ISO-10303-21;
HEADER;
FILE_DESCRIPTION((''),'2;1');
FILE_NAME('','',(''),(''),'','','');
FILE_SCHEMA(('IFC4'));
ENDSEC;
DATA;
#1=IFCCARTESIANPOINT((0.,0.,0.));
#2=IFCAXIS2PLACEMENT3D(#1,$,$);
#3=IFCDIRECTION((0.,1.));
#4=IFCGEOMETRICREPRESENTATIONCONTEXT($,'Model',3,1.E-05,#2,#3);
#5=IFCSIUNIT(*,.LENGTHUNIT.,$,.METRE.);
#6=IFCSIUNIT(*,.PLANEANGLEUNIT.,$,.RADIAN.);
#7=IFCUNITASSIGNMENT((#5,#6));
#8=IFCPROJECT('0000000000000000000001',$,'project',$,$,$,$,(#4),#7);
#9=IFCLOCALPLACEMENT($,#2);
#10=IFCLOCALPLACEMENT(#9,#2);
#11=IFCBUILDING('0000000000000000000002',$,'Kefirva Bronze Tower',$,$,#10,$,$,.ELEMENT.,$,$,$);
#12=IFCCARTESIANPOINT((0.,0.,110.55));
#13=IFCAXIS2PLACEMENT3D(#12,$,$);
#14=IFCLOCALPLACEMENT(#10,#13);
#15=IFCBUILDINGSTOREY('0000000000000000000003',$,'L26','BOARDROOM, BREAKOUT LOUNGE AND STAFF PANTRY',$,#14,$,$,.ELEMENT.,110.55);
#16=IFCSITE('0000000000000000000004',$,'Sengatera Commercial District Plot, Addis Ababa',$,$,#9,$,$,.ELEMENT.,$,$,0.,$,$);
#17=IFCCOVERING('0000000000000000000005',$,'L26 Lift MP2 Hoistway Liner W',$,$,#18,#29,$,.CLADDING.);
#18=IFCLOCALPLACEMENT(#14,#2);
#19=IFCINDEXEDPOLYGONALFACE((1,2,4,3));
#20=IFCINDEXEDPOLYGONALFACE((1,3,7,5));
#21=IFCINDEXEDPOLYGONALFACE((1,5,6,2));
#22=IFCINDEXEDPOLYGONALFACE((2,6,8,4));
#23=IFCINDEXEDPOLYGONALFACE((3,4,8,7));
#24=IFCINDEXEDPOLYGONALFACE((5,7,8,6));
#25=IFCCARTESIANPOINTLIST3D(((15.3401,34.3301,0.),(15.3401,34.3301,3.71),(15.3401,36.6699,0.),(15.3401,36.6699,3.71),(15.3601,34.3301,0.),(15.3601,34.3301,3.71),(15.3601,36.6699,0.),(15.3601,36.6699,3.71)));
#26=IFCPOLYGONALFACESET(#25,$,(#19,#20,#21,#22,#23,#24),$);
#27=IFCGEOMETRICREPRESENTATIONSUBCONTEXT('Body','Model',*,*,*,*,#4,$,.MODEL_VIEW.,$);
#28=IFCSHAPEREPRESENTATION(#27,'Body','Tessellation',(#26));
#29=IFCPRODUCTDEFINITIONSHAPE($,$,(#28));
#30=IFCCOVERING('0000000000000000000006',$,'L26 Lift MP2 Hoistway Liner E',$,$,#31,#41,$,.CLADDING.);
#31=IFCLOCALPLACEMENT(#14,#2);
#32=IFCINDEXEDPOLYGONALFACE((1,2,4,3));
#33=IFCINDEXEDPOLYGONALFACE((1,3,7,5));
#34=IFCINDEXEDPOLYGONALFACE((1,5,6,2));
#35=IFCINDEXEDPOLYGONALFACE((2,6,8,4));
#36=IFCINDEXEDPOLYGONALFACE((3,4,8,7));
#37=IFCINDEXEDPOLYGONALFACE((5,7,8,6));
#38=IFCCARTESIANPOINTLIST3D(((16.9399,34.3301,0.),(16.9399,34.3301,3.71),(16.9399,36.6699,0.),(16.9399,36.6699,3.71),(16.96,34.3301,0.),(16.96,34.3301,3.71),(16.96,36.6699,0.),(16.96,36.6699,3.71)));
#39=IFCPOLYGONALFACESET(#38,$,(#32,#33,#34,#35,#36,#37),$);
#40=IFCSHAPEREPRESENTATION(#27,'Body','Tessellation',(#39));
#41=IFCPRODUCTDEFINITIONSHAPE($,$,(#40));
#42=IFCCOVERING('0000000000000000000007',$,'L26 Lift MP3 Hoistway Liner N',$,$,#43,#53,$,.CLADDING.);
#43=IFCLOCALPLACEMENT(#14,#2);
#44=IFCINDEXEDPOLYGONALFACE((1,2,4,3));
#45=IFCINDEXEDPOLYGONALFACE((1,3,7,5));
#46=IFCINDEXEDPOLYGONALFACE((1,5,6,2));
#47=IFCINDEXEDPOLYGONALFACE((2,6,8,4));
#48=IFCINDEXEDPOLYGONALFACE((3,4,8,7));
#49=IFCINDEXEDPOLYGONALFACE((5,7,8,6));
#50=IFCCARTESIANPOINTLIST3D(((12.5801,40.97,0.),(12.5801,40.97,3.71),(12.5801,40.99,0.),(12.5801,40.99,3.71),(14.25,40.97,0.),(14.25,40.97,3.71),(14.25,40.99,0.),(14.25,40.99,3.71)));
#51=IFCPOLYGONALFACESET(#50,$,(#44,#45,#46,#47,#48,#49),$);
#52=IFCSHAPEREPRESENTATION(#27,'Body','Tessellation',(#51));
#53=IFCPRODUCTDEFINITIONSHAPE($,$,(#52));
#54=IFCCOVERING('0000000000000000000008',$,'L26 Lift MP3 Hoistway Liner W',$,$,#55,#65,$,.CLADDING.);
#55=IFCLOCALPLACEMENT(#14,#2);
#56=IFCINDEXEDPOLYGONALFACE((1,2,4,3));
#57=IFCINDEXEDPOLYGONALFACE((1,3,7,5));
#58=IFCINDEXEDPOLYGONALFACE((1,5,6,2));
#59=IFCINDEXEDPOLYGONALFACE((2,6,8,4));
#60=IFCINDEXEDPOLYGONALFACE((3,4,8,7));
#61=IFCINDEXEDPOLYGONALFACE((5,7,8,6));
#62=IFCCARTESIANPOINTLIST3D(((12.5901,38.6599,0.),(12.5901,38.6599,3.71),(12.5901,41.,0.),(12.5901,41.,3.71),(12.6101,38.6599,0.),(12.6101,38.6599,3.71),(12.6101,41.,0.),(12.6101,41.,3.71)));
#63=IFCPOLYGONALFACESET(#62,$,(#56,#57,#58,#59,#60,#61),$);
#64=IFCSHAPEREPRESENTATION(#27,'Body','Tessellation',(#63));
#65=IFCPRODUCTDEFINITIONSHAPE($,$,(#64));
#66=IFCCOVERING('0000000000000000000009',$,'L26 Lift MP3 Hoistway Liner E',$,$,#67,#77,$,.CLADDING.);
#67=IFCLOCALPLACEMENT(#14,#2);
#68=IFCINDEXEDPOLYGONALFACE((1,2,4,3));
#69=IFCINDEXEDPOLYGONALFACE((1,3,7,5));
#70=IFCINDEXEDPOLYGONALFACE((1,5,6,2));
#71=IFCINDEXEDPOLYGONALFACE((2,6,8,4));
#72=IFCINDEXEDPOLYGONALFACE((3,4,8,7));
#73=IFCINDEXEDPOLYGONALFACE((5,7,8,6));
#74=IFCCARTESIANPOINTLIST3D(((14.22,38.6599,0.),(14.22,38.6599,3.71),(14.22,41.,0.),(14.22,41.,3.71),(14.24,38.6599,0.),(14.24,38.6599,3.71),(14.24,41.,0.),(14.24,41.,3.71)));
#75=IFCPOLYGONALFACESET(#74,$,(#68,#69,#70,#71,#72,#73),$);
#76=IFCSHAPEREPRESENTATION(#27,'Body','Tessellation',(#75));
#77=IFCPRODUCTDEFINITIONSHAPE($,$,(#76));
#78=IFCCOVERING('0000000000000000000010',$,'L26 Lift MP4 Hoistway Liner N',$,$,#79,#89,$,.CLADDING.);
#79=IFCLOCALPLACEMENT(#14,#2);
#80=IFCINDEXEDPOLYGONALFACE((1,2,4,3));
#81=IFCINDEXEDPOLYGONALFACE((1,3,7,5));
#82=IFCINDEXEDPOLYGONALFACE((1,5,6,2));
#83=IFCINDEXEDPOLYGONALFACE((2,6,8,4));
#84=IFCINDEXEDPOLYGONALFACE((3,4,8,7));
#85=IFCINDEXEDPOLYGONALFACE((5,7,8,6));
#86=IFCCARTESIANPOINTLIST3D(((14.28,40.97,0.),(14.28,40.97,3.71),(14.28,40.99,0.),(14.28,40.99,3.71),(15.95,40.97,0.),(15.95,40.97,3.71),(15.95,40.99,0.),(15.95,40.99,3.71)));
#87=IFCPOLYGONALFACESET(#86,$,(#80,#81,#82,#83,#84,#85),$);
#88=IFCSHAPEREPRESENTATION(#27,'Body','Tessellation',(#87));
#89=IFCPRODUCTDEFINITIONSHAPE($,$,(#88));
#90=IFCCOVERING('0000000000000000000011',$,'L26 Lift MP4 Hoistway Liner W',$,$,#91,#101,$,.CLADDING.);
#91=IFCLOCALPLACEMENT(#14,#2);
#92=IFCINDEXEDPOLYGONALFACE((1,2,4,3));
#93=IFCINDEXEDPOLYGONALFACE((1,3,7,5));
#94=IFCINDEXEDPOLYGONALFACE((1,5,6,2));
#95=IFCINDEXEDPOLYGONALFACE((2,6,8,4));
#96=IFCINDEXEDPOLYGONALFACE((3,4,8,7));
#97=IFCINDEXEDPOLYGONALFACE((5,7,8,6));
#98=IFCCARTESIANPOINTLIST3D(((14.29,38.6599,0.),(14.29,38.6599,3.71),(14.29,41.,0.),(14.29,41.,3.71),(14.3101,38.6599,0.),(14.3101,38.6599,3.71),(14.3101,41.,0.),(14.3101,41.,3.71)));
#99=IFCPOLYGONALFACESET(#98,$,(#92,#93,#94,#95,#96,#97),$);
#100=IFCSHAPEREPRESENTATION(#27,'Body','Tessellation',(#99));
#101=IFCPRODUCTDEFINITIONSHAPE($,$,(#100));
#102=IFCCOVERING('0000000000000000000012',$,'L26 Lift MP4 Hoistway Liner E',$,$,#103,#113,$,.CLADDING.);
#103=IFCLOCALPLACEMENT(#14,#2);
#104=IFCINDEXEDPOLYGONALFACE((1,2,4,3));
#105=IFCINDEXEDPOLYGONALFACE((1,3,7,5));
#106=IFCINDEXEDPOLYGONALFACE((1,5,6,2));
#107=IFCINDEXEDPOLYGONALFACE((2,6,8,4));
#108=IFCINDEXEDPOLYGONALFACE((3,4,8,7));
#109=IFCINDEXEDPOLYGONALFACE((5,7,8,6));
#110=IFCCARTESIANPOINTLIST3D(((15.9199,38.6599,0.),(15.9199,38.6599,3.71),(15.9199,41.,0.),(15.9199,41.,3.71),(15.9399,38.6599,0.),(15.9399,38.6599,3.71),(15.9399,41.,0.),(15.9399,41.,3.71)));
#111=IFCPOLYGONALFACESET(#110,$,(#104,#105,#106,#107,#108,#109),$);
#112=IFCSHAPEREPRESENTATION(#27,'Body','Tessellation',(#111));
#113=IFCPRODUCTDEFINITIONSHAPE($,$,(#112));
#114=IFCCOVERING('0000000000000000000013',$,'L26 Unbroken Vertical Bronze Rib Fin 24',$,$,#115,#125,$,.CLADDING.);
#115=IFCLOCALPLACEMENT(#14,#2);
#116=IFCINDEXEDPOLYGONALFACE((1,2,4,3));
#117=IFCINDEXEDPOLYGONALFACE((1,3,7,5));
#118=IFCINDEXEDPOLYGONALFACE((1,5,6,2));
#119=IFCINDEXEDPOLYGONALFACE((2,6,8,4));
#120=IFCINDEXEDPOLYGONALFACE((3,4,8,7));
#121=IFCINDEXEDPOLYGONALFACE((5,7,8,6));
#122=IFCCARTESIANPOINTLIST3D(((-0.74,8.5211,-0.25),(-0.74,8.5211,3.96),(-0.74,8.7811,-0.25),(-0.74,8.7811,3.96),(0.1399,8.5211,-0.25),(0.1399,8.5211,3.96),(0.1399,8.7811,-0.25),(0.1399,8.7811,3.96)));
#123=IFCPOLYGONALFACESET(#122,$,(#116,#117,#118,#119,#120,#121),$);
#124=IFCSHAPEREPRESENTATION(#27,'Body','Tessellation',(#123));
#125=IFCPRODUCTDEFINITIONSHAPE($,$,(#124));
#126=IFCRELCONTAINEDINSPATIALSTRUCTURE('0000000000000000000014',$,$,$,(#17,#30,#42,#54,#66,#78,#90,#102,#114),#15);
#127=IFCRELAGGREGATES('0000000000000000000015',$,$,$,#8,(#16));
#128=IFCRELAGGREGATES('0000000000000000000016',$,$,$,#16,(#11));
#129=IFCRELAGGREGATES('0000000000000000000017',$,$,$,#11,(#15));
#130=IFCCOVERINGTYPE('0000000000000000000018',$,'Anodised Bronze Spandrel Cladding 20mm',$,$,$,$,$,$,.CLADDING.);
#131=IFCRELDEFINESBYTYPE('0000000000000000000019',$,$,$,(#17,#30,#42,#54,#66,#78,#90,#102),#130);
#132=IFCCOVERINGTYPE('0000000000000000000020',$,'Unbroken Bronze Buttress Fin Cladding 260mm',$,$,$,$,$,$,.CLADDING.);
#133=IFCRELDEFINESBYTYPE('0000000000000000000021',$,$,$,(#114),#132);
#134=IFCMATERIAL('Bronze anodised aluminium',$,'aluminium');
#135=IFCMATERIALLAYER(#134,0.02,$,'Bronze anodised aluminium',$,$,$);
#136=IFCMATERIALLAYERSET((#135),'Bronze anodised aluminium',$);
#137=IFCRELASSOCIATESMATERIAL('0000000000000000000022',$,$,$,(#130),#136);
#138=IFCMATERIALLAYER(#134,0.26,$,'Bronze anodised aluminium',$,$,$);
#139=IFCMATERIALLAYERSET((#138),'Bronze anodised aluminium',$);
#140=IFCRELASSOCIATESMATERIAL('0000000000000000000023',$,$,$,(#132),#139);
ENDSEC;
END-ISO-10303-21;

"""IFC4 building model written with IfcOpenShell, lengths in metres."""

from ifc_helpers import new_model, si_unit, direction, frame, origin, origin_2d, place, context, subcontext, project, spatial, polyline, rectangle, outline, extrude, material, layer, layer_set, type_object, element, save


model = new_model("IFC4")

# Units and contexts
model_context = context("Model", 3, precision=1e-05, world=origin(), true_north=direction((0.0, 1.0)))
body_context = subcontext(model_context, "Body", "Model", "MODEL_VIEW")
ifc_project = project(units=[si_unit("LENGTHUNIT", "METRE"), si_unit("PLANEANGLEUNIT", "RADIAN")], contexts=[model_context])

# Site, building, storey
site_placement = place(None, origin())
site = spatial("IfcSite", under=ifc_project, at=site_placement, Name="Sengatera Commercial District Plot, Addis Ababa", CompositionType="ELEMENT", RefElevation=0.0)
building_placement = place(site_placement, origin())
building = spatial("IfcBuilding", under=site, at=building_placement, Name="Kefirva Bronze Tower", CompositionType="ELEMENT")
storey_placement = place(building_placement, frame((0.0, 0.0, 110.55)))
storey = spatial("IfcBuildingStorey", under=building, at=storey_placement, Name="L26", Description="BOARDROOM, BREAKOUT LOUNGE AND STAFF PANTRY", CompositionType="ELEMENT", Elevation=110.55)

# Coverings
ifc_material = material(Name="Bronze anodised aluminium", Category="aluminium")
ifc_layer_1 = layer(ifc_material, 0.02, Name="Bronze anodised aluminium")
ifc_layer_set_1 = layer_set([ifc_layer_1], Name="Bronze anodised aluminium")
covering_type_1 = type_object("IfcCoveringType", Name="Anodised Bronze Spandrel Cladding 20mm", PredefinedType="CLADDING", material=ifc_layer_set_1)
covering_1_placement = place(storey_placement, origin())
element("IfcCovering", 1, at=covering_1_placement, inside=storey, type_object=covering_type_1, Name="L26 Lift MP2 Hoistway Liner W", PredefinedType="CLADDING", context=body_context, shape_type="SweptSolid", body=[
    extrude(outline(polyline([(15.3401, 34.3301), (15.3601, 34.3301), (15.3601, 36.6699), (15.3401, 36.6699), (15.3401, 34.3301)])), origin(), (0.0, 0.0, 1.0), 3.71),
])
covering_2_placement = place(storey_placement, origin())
element("IfcCovering", 2, at=covering_2_placement, inside=storey, type_object=covering_type_1, Name="L26 Lift MP2 Hoistway Liner E", PredefinedType="CLADDING", context=body_context, shape_type="SweptSolid", body=[
    extrude(outline(polyline([(16.9399, 34.3301), (16.96, 34.3301), (16.96, 36.6699), (16.9399, 36.6699), (16.9399, 34.3301)])), origin(), (0.0, 0.0, 1.0), 3.71),
])
covering_3_placement = place(storey_placement, origin())
element("IfcCovering", 3, at=covering_3_placement, inside=storey, type_object=covering_type_1, Name="L26 Lift MP3 Hoistway Liner N", PredefinedType="CLADDING", context=body_context, shape_type="SweptSolid", body=[
    extrude(outline(polyline([(12.5801, 40.97), (14.25, 40.97), (14.25, 40.99), (12.5801, 40.99), (12.5801, 40.97)])), origin(), (0.0, 0.0, 1.0), 3.71),
])
covering_4_placement = place(storey_placement, origin())
element("IfcCovering", 4, at=covering_4_placement, inside=storey, type_object=covering_type_1, Name="L26 Lift MP3 Hoistway Liner W", PredefinedType="CLADDING", context=body_context, shape_type="SweptSolid", body=[
    extrude(outline(polyline([(12.5901, 38.6599), (12.6101, 38.6599), (12.6101, 41.0), (12.5901, 41.0), (12.5901, 38.6599)])), origin(), (0.0, 0.0, 1.0), 3.71),
])
covering_5_placement = place(storey_placement, origin())
element("IfcCovering", 5, at=covering_5_placement, inside=storey, type_object=covering_type_1, Name="L26 Lift MP3 Hoistway Liner E", PredefinedType="CLADDING", context=body_context, shape_type="SweptSolid", body=[
    extrude(outline(polyline([(14.22, 38.6599), (14.24, 38.6599), (14.24, 41.0), (14.22, 41.0), (14.22, 38.6599)])), origin(), (0.0, 0.0, 1.0), 3.71),
])
covering_6_placement = place(storey_placement, origin())
element("IfcCovering", 6, at=covering_6_placement, inside=storey, type_object=covering_type_1, Name="L26 Lift MP4 Hoistway Liner N", PredefinedType="CLADDING", context=body_context, shape_type="SweptSolid", body=[
    extrude(outline(polyline([(14.28, 40.97), (15.95, 40.97), (15.95, 40.99), (14.28, 40.99), (14.28, 40.97)])), origin(), (0.0, 0.0, 1.0), 3.71),
])
covering_7_placement = place(storey_placement, origin())
element("IfcCovering", 7, at=covering_7_placement, inside=storey, type_object=covering_type_1, Name="L26 Lift MP4 Hoistway Liner W", PredefinedType="CLADDING", context=body_context, shape_type="SweptSolid", body=[
    extrude(outline(polyline([(14.29, 38.6599), (14.3101, 38.6599), (14.3101, 41.0), (14.29, 41.0), (14.29, 38.6599)])), origin(), (0.0, 0.0, 1.0), 3.71),
])
covering_8_placement = place(storey_placement, origin())
element("IfcCovering", 8, at=covering_8_placement, inside=storey, type_object=covering_type_1, Name="L26 Lift MP4 Hoistway Liner E", PredefinedType="CLADDING", context=body_context, shape_type="SweptSolid", body=[
    extrude(outline(polyline([(15.9199, 38.6599), (15.9399, 38.6599), (15.9399, 41.0), (15.9199, 41.0), (15.9199, 38.6599)])), origin(), (0.0, 0.0, 1.0), 3.71),
])
ifc_layer_2 = layer(ifc_material, 0.26, Name="Bronze anodised aluminium")
ifc_layer_set_2 = layer_set([ifc_layer_2], Name="Bronze anodised aluminium")
covering_type_2 = type_object("IfcCoveringType", Name="Unbroken Bronze Buttress Fin Cladding 260mm", PredefinedType="CLADDING", material=ifc_layer_set_2)
covering_9_placement = place(storey_placement, frame((-0.3, 8.6511, -0.25), z_axis=(0.0, 0.0, 1.0), x_axis=(0.0, -1.0, 0.0)))
element("IfcCovering", 9, at=covering_9_placement, inside=storey, type_object=covering_type_2, Name="L26 Unbroken Vertical Bronze Rib Fin 24", PredefinedType="CLADDING", context=body_context, shape_type="SweptSolid", body=[
    extrude(rectangle(XDim=0.26, YDim=0.8799, at=origin_2d()), origin(), (0.0, 0.0, 1.0), 4.21),
])

save(model, "model.ifc")
